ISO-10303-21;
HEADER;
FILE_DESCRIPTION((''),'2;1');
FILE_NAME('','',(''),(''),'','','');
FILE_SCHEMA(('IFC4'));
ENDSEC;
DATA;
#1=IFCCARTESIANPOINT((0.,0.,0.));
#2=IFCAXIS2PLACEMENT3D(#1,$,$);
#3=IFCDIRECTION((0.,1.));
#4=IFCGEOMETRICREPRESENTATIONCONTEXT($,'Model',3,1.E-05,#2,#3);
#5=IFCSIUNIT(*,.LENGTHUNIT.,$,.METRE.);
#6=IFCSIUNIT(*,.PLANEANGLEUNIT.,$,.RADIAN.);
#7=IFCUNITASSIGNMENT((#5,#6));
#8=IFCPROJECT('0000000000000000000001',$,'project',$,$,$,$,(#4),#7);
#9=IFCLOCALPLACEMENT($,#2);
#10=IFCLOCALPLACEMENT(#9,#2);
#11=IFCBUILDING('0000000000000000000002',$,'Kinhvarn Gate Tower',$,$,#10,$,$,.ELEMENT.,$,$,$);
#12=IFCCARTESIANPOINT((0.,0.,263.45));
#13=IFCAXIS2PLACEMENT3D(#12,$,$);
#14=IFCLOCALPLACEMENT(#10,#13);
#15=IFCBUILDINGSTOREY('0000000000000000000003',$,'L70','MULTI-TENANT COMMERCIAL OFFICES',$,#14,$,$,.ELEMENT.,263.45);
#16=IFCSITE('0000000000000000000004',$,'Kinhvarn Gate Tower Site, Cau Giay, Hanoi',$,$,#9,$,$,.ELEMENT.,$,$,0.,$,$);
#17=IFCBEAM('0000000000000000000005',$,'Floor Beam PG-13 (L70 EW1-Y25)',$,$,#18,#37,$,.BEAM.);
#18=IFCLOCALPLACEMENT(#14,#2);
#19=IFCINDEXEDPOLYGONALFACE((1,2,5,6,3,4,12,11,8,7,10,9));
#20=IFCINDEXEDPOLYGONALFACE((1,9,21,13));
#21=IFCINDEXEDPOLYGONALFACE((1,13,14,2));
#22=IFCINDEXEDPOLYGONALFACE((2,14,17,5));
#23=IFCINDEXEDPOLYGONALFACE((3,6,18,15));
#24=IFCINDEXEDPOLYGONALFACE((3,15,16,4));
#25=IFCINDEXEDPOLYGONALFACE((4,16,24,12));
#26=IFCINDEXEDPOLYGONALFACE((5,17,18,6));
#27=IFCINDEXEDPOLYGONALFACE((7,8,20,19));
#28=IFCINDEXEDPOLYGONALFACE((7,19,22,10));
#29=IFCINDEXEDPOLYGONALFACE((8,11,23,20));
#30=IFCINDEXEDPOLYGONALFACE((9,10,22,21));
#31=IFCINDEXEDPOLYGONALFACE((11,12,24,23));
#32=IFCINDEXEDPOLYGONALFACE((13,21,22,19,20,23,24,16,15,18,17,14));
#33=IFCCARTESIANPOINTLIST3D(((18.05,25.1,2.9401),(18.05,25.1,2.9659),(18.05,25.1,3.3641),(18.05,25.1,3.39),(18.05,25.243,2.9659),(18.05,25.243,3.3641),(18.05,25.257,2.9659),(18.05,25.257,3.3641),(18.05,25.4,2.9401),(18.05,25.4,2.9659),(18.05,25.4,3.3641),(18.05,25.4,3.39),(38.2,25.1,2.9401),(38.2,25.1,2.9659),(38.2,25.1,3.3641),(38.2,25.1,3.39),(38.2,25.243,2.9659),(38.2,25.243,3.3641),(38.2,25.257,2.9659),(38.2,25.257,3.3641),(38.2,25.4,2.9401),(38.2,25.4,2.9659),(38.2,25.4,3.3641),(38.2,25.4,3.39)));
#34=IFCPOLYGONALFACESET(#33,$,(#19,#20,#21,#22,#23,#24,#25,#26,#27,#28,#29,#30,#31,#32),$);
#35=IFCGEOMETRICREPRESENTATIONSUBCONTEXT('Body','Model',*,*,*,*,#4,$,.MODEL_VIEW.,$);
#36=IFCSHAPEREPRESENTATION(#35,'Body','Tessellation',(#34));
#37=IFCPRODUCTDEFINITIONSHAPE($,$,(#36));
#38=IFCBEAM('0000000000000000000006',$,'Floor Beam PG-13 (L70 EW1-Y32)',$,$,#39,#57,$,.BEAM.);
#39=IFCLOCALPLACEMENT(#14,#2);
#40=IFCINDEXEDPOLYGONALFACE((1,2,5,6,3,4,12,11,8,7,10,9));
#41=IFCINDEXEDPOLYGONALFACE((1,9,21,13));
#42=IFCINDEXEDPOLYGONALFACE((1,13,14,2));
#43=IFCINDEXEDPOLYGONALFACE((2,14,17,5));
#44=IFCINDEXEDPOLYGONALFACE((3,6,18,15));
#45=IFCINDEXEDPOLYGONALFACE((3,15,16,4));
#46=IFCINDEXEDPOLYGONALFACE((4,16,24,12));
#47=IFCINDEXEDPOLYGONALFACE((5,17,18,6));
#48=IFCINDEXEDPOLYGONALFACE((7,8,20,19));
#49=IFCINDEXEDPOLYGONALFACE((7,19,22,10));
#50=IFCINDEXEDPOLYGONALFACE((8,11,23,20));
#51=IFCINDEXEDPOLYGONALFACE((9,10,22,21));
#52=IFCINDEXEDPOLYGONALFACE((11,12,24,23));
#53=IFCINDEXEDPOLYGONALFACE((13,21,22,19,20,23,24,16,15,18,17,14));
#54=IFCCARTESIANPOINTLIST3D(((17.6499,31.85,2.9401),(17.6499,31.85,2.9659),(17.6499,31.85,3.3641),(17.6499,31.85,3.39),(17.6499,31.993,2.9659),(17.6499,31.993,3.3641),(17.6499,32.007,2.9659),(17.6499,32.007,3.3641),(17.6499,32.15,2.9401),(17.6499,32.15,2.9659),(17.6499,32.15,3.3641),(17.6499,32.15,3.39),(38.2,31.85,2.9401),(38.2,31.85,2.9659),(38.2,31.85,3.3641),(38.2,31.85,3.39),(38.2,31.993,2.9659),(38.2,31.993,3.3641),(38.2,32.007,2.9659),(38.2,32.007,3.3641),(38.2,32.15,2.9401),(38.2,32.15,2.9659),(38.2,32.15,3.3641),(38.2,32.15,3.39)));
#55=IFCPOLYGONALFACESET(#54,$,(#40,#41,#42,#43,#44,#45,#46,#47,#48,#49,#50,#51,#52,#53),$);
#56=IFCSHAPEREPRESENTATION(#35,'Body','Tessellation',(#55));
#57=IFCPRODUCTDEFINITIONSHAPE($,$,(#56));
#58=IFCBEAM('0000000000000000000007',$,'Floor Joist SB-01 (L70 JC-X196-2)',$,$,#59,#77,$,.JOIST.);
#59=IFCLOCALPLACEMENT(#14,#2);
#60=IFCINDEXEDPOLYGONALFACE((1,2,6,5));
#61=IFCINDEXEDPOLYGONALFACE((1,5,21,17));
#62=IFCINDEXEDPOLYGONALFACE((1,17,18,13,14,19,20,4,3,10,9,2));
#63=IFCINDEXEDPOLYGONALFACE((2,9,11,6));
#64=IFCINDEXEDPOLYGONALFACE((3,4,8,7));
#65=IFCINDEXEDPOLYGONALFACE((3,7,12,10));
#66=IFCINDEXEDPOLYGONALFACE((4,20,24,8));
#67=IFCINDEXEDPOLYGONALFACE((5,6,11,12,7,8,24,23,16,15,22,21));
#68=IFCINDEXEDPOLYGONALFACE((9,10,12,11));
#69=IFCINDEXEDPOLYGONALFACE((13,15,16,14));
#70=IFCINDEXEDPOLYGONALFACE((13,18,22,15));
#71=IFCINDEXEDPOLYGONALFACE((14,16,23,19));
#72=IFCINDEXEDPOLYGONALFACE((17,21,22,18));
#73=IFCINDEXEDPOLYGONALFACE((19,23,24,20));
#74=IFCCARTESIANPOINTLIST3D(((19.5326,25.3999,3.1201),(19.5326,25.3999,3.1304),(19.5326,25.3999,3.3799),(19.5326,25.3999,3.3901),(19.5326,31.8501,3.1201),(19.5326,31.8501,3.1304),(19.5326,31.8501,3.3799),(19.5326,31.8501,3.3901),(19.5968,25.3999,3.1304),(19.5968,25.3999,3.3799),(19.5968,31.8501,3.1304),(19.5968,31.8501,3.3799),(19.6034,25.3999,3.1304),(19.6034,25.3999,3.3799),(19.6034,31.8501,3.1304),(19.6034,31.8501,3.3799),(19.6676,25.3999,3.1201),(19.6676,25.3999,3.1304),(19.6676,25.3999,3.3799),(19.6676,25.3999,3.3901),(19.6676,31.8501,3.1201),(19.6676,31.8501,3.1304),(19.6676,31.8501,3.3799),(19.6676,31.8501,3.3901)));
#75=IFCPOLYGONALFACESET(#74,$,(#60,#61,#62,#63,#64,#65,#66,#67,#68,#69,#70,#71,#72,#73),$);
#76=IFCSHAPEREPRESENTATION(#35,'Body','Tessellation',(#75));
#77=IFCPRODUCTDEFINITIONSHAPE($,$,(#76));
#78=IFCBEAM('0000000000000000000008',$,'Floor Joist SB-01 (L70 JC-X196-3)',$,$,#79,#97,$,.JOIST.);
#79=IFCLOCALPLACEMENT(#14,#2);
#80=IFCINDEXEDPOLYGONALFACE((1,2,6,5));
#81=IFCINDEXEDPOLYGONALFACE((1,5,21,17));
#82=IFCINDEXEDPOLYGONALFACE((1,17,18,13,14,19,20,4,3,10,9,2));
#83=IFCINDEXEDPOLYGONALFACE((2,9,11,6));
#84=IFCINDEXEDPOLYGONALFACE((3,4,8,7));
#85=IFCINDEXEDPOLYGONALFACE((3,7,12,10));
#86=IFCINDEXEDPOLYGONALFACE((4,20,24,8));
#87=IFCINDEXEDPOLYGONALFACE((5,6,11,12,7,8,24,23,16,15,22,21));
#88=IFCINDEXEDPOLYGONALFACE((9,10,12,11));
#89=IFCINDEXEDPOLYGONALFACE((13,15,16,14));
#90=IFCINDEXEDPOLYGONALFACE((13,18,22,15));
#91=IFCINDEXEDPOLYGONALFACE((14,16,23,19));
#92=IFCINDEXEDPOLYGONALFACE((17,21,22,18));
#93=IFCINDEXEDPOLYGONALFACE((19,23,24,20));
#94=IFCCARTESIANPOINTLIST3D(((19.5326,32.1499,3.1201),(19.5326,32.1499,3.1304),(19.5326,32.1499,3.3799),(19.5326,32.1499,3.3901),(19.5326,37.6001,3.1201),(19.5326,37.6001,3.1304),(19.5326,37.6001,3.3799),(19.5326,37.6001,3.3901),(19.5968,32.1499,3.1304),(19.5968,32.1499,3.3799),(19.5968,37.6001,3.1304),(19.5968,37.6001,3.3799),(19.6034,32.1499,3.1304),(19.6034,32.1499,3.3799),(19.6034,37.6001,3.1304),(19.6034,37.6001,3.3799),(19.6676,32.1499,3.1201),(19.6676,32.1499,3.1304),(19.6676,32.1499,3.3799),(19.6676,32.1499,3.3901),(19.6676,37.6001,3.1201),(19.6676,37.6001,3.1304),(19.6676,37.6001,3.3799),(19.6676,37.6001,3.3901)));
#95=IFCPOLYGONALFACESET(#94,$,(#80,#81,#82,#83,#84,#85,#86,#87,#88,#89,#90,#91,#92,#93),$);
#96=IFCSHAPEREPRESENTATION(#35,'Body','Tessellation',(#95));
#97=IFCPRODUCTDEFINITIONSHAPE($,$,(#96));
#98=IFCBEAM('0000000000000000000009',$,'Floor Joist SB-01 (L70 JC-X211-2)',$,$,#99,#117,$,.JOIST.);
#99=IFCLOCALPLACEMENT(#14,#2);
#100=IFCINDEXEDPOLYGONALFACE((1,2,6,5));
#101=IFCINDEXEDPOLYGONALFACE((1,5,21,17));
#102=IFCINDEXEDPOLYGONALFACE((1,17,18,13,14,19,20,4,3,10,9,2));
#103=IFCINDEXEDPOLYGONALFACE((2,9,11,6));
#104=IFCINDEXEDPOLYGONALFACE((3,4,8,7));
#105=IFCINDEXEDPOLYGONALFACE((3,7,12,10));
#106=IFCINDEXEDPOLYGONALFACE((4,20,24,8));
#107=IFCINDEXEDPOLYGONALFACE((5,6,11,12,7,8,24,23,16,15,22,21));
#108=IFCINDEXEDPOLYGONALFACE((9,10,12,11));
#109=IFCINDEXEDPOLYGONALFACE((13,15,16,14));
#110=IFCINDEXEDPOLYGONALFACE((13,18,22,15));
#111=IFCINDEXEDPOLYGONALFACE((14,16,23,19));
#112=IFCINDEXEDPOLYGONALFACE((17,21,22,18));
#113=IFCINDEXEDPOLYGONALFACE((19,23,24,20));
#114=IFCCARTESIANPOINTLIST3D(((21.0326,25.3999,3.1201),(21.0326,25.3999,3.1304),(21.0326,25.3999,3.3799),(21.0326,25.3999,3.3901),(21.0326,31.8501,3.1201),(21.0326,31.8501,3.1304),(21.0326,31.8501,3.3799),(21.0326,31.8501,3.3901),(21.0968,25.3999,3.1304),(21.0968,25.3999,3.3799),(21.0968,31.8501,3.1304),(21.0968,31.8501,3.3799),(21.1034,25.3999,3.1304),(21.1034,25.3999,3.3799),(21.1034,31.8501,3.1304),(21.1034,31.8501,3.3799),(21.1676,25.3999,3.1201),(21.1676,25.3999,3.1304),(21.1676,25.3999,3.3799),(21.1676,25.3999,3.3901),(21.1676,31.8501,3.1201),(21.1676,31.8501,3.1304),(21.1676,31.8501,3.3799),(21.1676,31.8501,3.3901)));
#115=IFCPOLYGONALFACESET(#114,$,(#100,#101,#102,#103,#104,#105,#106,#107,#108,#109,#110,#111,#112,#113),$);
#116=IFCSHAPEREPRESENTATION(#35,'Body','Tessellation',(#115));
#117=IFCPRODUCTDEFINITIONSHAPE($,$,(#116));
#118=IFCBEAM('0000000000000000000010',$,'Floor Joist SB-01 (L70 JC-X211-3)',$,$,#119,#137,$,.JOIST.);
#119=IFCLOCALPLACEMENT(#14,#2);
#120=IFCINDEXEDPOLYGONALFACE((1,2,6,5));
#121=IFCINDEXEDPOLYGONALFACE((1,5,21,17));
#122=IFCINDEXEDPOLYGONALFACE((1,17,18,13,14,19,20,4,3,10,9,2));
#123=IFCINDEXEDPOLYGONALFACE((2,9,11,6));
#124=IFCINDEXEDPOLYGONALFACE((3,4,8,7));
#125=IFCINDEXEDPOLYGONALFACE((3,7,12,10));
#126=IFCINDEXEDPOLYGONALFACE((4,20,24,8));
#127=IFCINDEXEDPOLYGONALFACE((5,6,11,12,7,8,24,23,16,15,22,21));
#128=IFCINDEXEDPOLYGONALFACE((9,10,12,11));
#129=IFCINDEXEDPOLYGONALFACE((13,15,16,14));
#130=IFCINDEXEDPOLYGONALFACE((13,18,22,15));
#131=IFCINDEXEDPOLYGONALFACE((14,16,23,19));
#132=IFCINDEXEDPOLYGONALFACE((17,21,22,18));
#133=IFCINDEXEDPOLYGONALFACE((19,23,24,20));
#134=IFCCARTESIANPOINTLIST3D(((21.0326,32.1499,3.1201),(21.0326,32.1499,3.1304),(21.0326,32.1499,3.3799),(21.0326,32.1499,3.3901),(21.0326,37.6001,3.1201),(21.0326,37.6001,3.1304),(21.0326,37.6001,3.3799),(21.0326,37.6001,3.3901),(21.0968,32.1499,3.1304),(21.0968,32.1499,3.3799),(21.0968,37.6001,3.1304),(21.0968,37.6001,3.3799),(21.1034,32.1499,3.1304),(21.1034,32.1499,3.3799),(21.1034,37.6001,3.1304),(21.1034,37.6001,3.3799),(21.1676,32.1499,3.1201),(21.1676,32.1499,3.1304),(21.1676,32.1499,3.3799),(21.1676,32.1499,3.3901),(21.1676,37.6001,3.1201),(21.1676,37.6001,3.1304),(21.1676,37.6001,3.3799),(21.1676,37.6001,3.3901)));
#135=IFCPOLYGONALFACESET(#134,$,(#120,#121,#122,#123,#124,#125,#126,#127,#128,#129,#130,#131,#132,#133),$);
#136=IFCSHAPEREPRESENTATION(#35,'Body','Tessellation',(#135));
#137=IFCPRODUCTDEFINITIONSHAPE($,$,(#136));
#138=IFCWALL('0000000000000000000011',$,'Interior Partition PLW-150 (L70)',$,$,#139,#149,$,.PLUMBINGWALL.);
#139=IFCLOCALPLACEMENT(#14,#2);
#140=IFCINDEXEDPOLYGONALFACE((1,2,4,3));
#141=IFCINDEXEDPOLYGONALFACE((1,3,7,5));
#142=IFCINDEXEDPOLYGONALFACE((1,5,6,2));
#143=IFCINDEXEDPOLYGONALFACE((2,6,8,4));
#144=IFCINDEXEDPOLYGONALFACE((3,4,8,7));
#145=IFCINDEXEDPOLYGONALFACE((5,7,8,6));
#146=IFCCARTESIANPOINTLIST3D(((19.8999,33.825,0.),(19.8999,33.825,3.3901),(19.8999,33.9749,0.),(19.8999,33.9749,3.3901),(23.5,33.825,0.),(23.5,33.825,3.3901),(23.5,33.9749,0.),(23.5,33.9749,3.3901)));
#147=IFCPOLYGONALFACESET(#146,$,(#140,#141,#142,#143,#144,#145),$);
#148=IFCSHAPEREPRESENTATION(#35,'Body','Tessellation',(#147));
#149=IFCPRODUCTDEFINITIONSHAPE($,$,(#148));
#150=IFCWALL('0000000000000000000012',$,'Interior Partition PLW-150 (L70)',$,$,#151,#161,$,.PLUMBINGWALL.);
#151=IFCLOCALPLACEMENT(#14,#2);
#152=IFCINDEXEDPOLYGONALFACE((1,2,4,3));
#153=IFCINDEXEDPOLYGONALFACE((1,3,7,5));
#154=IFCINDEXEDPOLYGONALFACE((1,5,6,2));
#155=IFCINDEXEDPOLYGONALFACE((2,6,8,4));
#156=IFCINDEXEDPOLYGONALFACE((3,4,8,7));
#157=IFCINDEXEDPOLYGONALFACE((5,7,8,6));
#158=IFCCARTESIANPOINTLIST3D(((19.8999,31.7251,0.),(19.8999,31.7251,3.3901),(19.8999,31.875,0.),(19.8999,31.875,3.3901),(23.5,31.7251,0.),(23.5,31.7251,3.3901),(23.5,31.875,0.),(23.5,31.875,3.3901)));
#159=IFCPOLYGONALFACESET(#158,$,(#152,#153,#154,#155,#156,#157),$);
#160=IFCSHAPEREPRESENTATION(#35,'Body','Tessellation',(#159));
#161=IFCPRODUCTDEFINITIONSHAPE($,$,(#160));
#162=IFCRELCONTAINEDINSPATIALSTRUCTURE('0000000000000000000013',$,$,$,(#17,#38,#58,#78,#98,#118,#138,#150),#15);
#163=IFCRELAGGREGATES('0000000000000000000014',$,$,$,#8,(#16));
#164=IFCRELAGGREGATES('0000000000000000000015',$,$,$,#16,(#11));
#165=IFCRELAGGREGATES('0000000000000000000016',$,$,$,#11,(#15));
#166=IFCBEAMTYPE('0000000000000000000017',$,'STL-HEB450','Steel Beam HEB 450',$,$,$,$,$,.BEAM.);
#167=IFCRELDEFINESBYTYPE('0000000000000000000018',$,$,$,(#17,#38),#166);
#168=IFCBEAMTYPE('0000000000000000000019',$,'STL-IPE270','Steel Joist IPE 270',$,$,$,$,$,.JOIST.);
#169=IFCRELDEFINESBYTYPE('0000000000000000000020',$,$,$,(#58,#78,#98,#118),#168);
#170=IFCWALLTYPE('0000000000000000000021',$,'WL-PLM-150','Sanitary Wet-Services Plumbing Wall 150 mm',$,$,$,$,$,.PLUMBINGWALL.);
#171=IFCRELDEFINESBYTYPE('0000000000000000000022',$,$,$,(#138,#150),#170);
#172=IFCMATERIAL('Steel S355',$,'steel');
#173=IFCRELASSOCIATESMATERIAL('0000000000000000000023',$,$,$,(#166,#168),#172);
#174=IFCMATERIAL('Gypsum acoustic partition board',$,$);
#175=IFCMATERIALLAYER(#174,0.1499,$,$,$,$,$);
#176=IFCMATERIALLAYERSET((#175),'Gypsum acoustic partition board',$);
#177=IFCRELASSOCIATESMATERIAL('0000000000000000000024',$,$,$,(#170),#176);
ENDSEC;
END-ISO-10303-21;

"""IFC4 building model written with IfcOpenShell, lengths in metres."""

from ifc_helpers import new_model, si_unit, direction, frame, frame_2d, origin, origin_2d, place, context, subcontext, project, spatial, rectangle, i_section, extrude, material, layer, layer_set, material_profile, profile_set, type_object, element, save


model = new_model("IFC4")

# Units and contexts
model_context = context("Model", 3, precision=1e-05, world=origin(), true_north=direction((0.0, 1.0)))
body_context = subcontext(model_context, "Body", "Model", "MODEL_VIEW")
ifc_project = project(units=[si_unit("LENGTHUNIT", "METRE"), si_unit("PLANEANGLEUNIT", "RADIAN")], contexts=[model_context])

# Site, building, storey
site_placement = place(None, origin())
site = spatial("IfcSite", under=ifc_project, at=site_placement, Name="Kinhvarn Gate Tower Site, Cau Giay, Hanoi", CompositionType="ELEMENT", RefElevation=0.0)
building_placement = place(site_placement, origin())
building = spatial("IfcBuilding", under=site, at=building_placement, Name="Kinhvarn Gate Tower", CompositionType="ELEMENT")
storey_placement = place(building_placement, frame((0.0, 0.0, 263.45)))
storey = spatial("IfcBuildingStorey", under=building, at=storey_placement, Name="L70", Description="MULTI-TENANT COMMERCIAL OFFICES", CompositionType="ELEMENT", Elevation=263.45)

# Beams
ifc_material_1 = material(Name="Steel S355", Category="steel")
ifc_material_profile_1 = material_profile(ifc_material_1, i_section(OverallWidth=0.3, OverallDepth=0.45, WebThickness=0.0139, FlangeThickness=0.0259, at=origin_2d()), Name="HEB 450")
ifc_profile_set_1 = profile_set([ifc_material_profile_1], Name="Steel S355")
beam_type_1 = type_object("IfcBeamType", Name="STL-HEB450", Description="Steel Beam HEB 450", PredefinedType="BEAM", material=ifc_profile_set_1)
beam_1_placement = place(storey_placement, frame((18.05, 25.25, 3.165), z_axis=(1.0, 0.0, 0.0), x_axis=(0.0, 1.0, 0.0)))
element("IfcBeam", 1, at=beam_1_placement, inside=storey, type_object=beam_type_1, Name="Floor Beam PG-13 (L70 EW1-Y25)", PredefinedType="BEAM", context=body_context, shape_type="SweptSolid", body=[
    extrude(i_section(OverallWidth=0.3, OverallDepth=0.45, WebThickness=0.0139, FlangeThickness=0.0259, at=origin_2d()), origin(), (0.0, 0.0, 1.0), 20.1499),
])
beam_2_placement = place(storey_placement, frame((17.6499, 32.0, 3.165), z_axis=(1.0, 0.0, 0.0), x_axis=(0.0, 1.0, 0.0)))
element("IfcBeam", 2, at=beam_2_placement, inside=storey, type_object=beam_type_1, Name="Floor Beam PG-13 (L70 EW1-Y32)", PredefinedType="BEAM", context=body_context, shape_type="SweptSolid", body=[
    extrude(i_section(OverallWidth=0.3, OverallDepth=0.45, WebThickness=0.0139, FlangeThickness=0.0259, at=origin_2d()), origin(), (0.0, 0.0, 1.0), 20.55),
])
ifc_material_profile_2 = material_profile(ifc_material_1, i_section(OverallWidth=0.135, OverallDepth=0.27, WebThickness=0.0066, FlangeThickness=0.0103, at=origin_2d()), Name="IPE 270")
ifc_profile_set_2 = profile_set([ifc_material_profile_2], Name="Steel S355")
beam_type_2 = type_object("IfcBeamType", Name="STL-IPE270", Description="Steel Joist IPE 270", PredefinedType="JOIST", material=ifc_profile_set_2)
beam_3_placement = place(storey_placement, frame((19.6001, 25.3999, 3.2551), z_axis=(0.0, 1.0, 0.0), x_axis=(-1.0, 0.0, 0.0)))
element("IfcBeam", 3, at=beam_3_placement, inside=storey, type_object=beam_type_2, Name="Floor Joist SB-01 (L70 JC-X196-2)", PredefinedType="JOIST", context=body_context, shape_type="SweptSolid", body=[
    extrude(i_section(OverallWidth=0.135, OverallDepth=0.27, WebThickness=0.0066, FlangeThickness=0.0103, at=origin_2d()), origin(), (0.0, 0.0, 1.0), 6.4502),
])
beam_4_placement = place(storey_placement, frame((19.6001, 32.1499, 3.2551), z_axis=(0.0, 1.0, 0.0), x_axis=(-1.0, 0.0, 0.0)))
element("IfcBeam", 4, at=beam_4_placement, inside=storey, type_object=beam_type_2, Name="Floor Joist SB-01 (L70 JC-X196-3)", PredefinedType="JOIST", context=body_context, shape_type="SweptSolid", body=[
    extrude(i_section(OverallWidth=0.135, OverallDepth=0.27, WebThickness=0.0066, FlangeThickness=0.0103, at=origin_2d()), origin(), (0.0, 0.0, 1.0), 5.4502),
])
beam_5_placement = place(storey_placement, frame((21.1001, 25.3999, 3.2551), z_axis=(0.0, 1.0, 0.0), x_axis=(-1.0, 0.0, 0.0)))
element("IfcBeam", 5, at=beam_5_placement, inside=storey, type_object=beam_type_2, Name="Floor Joist SB-01 (L70 JC-X211-2)", PredefinedType="JOIST", context=body_context, shape_type="SweptSolid", body=[
    extrude(i_section(OverallWidth=0.135, OverallDepth=0.27, WebThickness=0.0066, FlangeThickness=0.0103, at=origin_2d()), origin(), (0.0, 0.0, 1.0), 6.4502),
])
beam_6_placement = place(storey_placement, frame((21.1001, 32.1499, 3.2551), z_axis=(0.0, 1.0, 0.0), x_axis=(-1.0, 0.0, 0.0)))
element("IfcBeam", 6, at=beam_6_placement, inside=storey, type_object=beam_type_2, Name="Floor Joist SB-01 (L70 JC-X211-3)", PredefinedType="JOIST", context=body_context, shape_type="SweptSolid", body=[
    extrude(i_section(OverallWidth=0.135, OverallDepth=0.27, WebThickness=0.0066, FlangeThickness=0.0103, at=origin_2d()), origin(), (0.0, 0.0, 1.0), 5.4502),
])

# Walls
ifc_material_2 = material(Name="Gypsum acoustic partition board")
ifc_layer_1 = layer(ifc_material_2, 0.1499)
ifc_layer_set_1 = layer_set([ifc_layer_1], Name="Gypsum acoustic partition board")
wall_type_1 = type_object("IfcWallType", Name="WL-PLM-150", Description="Sanitary Wet-Services Plumbing Wall 150 mm", PredefinedType="PLUMBINGWALL", material=ifc_layer_set_1)
for number, where, z_axis, x_axis, name in (
    (7, (19.8999, 33.8999, 0.0), (0.0, 0.0, 1.0), (1.0, 0.0, 0.0), "Interior Partition PLW-150 (L70)"),
    (8, (19.8999, 31.8, 0.0), (0.0, 0.0, 1.0), (1.0, 0.0, 0.0), "Interior Partition PLW-150 (L70)"),
):
    element("IfcWall", number, at=place(storey_placement, frame(where, z_axis=z_axis, x_axis=x_axis)), inside=storey, type_object=wall_type_1, Name=name, PredefinedType="PLUMBINGWALL", context=body_context, shape_type="SweptSolid", body=[
        extrude(rectangle(XDim=3.6001, YDim=0.1499, at=frame_2d((1.8, 0.0))), origin(), (0.0, 0.0, 1.0), 3.3901),
    ])

save(model, "model.ifc")
